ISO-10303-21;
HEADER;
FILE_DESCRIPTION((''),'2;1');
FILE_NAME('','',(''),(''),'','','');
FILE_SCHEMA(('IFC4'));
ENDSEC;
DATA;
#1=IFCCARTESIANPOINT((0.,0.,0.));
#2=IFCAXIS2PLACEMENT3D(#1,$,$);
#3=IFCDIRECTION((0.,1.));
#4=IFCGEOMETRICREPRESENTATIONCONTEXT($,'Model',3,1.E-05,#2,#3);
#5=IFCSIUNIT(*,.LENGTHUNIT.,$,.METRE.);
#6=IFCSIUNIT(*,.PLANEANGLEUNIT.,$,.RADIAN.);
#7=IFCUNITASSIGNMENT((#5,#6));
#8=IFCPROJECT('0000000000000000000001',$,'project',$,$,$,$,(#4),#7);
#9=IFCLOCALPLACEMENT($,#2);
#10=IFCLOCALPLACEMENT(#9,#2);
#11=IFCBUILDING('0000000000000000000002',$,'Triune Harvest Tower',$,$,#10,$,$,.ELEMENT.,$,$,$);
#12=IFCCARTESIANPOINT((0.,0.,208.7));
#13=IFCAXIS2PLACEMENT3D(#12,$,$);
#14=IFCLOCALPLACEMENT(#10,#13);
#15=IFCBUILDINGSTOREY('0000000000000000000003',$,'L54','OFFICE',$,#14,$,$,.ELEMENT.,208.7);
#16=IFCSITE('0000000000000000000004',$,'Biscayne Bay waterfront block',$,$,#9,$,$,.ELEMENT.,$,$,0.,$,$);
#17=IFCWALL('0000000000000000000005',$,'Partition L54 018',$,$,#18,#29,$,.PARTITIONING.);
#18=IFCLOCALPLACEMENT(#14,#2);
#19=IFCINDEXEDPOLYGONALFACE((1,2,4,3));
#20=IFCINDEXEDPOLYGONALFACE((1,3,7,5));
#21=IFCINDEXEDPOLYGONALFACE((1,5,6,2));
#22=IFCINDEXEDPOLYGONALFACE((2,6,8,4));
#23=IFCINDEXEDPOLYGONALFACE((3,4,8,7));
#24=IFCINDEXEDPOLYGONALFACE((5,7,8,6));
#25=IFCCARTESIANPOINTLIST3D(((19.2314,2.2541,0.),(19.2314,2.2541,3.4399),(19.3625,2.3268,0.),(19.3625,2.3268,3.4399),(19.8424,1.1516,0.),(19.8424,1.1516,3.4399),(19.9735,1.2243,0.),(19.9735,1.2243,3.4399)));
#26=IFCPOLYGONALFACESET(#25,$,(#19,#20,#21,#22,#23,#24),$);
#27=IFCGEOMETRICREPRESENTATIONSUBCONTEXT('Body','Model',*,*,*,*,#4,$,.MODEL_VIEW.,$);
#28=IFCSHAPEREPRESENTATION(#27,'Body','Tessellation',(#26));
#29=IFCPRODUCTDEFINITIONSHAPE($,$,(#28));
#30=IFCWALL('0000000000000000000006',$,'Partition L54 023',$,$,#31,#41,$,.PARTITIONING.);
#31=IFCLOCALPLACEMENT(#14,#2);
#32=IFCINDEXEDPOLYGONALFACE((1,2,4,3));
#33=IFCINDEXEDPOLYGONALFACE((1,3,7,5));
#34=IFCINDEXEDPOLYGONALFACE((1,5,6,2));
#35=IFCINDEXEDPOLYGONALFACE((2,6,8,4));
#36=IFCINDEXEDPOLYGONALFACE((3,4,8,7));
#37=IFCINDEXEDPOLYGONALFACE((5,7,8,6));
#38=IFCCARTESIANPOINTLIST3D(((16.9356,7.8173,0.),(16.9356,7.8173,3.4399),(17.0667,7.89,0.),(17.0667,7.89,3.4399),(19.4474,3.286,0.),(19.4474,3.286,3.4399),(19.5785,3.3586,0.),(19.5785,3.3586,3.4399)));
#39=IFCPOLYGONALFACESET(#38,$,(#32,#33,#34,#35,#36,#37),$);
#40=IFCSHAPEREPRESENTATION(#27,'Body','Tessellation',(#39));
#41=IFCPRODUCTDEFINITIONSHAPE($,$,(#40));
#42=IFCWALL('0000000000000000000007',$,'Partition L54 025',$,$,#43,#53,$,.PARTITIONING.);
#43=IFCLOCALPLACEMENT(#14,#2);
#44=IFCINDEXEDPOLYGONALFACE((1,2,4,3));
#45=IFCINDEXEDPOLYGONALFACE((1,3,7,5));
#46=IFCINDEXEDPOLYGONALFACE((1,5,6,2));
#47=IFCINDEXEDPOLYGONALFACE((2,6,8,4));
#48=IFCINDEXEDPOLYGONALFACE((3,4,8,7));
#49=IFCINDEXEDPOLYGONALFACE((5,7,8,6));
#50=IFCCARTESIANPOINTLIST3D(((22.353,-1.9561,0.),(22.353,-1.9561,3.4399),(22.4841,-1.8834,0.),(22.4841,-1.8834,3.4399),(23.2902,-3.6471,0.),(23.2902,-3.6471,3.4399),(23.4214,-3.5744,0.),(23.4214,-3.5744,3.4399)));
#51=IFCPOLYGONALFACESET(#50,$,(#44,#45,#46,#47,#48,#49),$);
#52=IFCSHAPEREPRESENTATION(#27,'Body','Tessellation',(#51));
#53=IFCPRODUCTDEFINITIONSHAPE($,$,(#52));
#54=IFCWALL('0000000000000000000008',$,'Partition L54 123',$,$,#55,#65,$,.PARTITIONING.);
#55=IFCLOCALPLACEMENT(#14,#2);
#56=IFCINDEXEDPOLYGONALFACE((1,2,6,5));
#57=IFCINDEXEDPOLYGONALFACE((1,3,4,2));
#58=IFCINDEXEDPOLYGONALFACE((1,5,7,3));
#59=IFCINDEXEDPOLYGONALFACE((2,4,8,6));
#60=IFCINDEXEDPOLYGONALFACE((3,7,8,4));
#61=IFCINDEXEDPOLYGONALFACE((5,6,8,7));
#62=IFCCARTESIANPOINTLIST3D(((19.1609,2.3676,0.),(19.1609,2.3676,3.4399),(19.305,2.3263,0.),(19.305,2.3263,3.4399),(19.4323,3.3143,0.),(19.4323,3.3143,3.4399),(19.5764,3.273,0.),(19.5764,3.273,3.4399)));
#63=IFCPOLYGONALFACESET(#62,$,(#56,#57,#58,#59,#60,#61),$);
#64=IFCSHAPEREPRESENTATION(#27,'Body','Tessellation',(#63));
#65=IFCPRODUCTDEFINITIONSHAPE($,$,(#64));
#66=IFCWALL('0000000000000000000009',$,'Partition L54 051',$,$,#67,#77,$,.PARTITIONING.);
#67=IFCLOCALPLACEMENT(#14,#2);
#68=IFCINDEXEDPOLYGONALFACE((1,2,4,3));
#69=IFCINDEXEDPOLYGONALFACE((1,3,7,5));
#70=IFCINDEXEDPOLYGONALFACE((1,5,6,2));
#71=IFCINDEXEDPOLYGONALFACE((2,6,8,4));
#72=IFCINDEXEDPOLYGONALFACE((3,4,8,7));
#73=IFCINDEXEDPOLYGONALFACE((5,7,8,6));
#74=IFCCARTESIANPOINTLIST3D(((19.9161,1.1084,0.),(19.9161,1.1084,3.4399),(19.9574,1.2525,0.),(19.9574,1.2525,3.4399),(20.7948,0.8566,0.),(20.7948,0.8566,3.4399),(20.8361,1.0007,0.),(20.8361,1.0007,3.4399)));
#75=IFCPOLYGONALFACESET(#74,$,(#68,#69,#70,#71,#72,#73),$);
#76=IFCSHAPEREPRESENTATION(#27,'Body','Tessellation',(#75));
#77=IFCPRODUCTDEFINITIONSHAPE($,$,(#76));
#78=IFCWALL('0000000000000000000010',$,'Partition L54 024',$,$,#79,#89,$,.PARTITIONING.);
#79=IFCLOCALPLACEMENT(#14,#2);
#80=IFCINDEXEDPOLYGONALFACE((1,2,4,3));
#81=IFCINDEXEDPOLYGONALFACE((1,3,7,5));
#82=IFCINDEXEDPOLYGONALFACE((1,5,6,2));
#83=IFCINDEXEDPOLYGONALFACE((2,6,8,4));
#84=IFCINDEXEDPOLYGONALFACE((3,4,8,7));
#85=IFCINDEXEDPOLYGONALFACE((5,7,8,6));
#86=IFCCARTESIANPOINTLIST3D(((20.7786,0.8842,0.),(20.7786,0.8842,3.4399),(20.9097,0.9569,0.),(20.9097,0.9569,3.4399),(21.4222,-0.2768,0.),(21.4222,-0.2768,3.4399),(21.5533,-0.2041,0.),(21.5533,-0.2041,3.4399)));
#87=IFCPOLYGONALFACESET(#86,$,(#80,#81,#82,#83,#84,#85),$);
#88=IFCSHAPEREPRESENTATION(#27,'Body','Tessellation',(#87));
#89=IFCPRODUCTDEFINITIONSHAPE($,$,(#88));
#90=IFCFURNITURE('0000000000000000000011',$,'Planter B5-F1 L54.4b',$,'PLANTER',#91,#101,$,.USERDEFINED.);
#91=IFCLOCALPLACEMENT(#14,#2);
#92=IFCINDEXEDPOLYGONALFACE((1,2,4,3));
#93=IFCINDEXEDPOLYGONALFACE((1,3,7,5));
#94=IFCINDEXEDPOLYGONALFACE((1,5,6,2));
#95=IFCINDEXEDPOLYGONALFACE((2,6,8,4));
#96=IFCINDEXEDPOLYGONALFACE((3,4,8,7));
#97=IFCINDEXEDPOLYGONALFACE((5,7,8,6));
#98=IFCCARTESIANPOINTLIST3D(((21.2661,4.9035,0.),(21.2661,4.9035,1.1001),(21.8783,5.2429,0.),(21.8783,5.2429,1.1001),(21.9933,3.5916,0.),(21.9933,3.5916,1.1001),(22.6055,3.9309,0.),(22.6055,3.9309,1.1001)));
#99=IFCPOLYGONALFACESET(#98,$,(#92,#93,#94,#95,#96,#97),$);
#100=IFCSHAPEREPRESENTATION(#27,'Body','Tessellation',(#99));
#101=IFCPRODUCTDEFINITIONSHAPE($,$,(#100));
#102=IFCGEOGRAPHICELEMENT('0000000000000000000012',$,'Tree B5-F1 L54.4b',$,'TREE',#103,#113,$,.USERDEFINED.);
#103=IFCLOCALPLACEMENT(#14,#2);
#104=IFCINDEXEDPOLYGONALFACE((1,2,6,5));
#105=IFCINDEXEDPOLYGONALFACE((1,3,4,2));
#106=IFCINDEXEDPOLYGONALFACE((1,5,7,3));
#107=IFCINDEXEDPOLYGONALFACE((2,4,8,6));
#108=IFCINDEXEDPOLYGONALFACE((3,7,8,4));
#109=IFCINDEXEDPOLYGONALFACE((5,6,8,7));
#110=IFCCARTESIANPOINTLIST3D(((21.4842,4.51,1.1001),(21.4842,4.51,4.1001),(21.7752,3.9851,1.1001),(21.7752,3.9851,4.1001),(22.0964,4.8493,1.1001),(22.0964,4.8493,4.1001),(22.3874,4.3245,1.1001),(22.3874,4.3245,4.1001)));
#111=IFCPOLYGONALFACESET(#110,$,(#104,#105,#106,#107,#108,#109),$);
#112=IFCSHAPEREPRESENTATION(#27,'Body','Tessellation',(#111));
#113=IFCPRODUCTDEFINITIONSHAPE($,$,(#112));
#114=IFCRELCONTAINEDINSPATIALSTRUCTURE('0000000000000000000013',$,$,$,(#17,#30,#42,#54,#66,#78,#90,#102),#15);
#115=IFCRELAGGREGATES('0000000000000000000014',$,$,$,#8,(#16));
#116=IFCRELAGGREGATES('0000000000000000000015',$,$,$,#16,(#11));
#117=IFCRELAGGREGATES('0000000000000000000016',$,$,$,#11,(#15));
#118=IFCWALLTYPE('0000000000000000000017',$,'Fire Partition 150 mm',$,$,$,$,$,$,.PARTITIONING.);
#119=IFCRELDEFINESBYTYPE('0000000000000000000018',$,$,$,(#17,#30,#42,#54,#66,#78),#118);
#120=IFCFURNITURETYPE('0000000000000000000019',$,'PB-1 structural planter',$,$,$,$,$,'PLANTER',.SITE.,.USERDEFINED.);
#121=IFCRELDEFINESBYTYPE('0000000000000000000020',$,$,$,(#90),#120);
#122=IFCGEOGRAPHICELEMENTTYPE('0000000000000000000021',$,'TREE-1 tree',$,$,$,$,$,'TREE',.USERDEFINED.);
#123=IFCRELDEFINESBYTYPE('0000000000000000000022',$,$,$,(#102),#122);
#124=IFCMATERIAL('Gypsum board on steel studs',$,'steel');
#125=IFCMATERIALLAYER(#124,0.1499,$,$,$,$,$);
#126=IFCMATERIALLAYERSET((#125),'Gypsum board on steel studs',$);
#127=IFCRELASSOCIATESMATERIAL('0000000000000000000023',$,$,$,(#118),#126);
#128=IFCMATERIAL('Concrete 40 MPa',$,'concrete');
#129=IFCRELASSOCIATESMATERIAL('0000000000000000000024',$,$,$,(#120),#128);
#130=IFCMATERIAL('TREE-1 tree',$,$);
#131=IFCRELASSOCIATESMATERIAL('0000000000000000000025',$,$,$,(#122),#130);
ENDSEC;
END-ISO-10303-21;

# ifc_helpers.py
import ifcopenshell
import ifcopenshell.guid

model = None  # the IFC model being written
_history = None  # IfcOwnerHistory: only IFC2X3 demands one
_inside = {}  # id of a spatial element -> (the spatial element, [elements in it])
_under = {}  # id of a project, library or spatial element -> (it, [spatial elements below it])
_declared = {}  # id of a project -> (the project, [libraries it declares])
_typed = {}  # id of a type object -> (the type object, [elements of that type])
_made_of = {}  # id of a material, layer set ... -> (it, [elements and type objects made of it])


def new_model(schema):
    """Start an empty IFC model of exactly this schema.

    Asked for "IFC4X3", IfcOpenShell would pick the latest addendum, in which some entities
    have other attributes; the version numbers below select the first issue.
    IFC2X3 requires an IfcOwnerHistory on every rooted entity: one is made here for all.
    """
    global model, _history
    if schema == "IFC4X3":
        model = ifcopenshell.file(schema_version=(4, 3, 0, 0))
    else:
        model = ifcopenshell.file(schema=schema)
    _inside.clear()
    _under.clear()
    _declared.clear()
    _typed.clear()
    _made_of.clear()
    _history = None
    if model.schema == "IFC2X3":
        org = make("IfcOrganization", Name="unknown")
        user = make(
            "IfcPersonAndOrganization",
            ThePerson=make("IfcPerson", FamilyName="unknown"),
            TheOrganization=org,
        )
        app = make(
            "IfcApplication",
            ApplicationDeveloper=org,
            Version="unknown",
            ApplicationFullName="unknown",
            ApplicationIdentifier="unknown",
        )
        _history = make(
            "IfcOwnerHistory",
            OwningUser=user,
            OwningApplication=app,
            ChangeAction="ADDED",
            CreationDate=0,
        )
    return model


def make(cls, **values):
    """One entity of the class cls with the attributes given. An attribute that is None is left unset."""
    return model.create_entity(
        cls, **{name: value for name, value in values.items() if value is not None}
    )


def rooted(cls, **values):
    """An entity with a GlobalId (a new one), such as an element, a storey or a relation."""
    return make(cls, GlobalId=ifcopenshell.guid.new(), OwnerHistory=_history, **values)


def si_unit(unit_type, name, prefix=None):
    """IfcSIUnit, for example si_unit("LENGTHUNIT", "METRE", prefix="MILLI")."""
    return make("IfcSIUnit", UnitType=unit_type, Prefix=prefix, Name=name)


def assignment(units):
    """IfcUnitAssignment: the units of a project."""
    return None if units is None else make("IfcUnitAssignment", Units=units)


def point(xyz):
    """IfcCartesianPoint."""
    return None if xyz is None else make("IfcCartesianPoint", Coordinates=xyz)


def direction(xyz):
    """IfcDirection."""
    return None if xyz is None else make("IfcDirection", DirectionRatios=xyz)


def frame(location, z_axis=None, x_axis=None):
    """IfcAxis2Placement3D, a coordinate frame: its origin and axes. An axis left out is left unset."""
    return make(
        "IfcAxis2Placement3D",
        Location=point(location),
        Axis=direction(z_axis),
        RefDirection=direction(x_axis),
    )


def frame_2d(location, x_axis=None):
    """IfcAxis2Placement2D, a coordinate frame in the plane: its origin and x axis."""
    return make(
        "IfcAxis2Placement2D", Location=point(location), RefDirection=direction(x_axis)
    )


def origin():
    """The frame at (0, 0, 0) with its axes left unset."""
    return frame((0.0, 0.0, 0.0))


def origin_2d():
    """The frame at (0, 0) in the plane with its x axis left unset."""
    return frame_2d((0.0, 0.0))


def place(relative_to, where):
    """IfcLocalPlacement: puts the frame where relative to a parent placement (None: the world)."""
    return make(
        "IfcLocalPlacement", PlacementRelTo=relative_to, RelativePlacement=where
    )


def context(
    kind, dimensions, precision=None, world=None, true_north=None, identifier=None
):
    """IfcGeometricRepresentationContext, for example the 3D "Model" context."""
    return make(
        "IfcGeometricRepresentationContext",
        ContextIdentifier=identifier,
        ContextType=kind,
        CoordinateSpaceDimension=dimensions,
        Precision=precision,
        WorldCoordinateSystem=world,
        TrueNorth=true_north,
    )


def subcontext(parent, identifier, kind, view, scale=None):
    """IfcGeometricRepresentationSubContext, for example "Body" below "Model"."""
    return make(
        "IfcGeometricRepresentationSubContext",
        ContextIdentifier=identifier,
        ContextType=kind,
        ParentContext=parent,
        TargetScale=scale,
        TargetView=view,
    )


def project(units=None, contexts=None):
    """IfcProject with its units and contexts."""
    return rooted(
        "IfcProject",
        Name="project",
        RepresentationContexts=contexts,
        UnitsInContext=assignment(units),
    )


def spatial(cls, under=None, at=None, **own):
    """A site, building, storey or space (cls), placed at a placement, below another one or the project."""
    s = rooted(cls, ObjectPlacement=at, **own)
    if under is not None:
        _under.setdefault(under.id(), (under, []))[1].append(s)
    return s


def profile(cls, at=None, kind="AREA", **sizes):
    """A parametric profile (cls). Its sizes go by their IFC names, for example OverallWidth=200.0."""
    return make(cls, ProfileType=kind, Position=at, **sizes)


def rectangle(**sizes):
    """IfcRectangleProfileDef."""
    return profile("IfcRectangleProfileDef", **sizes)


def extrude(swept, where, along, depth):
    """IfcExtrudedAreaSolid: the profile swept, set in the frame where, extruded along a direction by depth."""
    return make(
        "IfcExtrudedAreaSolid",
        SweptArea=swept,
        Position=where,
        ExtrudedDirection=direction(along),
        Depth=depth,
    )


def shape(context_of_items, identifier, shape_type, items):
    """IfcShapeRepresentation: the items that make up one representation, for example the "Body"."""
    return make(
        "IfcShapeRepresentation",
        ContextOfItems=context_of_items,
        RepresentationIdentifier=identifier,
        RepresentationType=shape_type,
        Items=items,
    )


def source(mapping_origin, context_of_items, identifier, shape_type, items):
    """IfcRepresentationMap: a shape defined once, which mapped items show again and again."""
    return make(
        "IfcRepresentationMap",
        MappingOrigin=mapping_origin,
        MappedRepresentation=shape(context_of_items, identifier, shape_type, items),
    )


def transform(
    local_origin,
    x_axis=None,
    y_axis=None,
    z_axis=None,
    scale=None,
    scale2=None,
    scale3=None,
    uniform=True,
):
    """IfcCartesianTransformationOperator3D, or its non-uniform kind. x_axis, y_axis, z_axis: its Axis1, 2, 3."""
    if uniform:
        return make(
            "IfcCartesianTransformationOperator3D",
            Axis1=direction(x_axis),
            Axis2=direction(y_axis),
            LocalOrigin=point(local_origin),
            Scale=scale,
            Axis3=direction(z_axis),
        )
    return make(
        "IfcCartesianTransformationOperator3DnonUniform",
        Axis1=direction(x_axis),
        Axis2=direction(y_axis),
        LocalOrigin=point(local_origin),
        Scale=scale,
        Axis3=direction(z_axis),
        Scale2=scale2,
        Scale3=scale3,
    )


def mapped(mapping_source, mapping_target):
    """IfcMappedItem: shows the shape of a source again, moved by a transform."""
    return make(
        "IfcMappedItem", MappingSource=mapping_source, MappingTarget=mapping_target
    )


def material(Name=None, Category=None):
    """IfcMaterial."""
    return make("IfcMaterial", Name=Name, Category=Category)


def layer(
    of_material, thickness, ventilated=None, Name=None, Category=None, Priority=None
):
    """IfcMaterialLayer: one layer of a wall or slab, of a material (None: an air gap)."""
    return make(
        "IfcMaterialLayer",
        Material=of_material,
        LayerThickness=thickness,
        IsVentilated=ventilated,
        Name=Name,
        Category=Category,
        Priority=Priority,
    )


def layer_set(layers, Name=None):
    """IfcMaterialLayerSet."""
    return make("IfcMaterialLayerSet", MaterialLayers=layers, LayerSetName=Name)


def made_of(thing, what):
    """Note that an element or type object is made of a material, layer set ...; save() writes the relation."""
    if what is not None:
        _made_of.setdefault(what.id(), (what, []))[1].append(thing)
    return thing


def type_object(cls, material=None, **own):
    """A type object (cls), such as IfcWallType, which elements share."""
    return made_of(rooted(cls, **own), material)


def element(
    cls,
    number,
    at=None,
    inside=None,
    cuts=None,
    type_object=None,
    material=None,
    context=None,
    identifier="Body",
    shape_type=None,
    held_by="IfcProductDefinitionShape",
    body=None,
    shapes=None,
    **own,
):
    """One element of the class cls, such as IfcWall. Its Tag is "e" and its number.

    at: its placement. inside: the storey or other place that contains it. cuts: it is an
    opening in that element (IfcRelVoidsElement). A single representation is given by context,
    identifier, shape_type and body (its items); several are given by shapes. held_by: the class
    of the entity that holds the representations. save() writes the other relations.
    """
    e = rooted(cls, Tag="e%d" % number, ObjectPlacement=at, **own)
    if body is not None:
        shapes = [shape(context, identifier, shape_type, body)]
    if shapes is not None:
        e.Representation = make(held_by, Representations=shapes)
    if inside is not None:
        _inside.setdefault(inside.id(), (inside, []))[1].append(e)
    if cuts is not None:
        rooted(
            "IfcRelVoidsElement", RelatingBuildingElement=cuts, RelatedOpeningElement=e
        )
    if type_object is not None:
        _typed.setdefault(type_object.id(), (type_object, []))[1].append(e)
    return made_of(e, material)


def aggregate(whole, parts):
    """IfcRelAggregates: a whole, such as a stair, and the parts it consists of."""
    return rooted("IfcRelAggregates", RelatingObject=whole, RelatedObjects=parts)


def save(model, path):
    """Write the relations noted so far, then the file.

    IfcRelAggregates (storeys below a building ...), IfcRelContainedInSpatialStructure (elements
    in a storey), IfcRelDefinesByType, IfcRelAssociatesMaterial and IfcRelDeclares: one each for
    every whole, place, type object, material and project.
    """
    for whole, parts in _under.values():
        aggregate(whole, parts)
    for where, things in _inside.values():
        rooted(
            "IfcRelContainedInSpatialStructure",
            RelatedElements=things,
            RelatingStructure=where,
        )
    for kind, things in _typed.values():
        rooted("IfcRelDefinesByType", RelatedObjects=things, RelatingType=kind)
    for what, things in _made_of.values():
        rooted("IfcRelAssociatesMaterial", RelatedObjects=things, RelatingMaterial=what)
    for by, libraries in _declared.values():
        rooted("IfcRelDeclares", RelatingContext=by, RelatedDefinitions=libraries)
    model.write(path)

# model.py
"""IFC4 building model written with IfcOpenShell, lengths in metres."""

from ifc_helpers import new_model, si_unit, direction, frame, frame_2d, origin, origin_2d, place, context, subcontext, project, spatial, rectangle, extrude, source, transform, mapped, material, layer, layer_set, type_object, element, save


model = new_model("IFC4")

# Units and contexts
model_context = context("Model", 3, precision=1e-05, world=origin(), true_north=direction((0.0, 1.0)))
body_context = subcontext(model_context, "Body", "Model", "MODEL_VIEW")
ifc_project = project(units=[si_unit("LENGTHUNIT", "METRE"), si_unit("PLANEANGLEUNIT", "RADIAN")], contexts=[model_context])

# Site, building, storey
site_placement = place(None, origin())
site = spatial("IfcSite", under=ifc_project, at=site_placement, Name="Biscayne Bay waterfront block", CompositionType="ELEMENT", RefElevation=0.0)
building_placement = place(site_placement, origin())
building = spatial("IfcBuilding", under=site, at=building_placement, Name="Triune Harvest Tower", CompositionType="ELEMENT")
storey_placement = place(building_placement, frame((0.0, 0.0, 208.7)))
storey = spatial("IfcBuildingStorey", under=building, at=storey_placement, Name="L54", Description="OFFICE", CompositionType="ELEMENT", Elevation=208.7)

# Walls
ifc_material_1 = material(Name="Gypsum board on steel studs", Category="steel")
ifc_layer_1 = layer(ifc_material_1, 0.1499)
ifc_layer_set_1 = layer_set([ifc_layer_1], Name="Gypsum board on steel studs")
wall_type_1 = type_object("IfcWallType", Name="Fire Partition 150 mm", PredefinedType="PARTITIONING", material=ifc_layer_set_1)
wall_1_placement = place(storey_placement, frame((19.2969, 2.2905, 0.0), z_axis=(0.0, 0.0, 1.0), x_axis=(0.484771, -0.874641, 0.0)))
element("IfcWall", 1, at=wall_1_placement, inside=storey, type_object=wall_type_1, Name="Partition L54 018", PredefinedType="PARTITIONING", context=body_context, shape_type="SweptSolid", body=[
    extrude(rectangle(XDim=1.2605, YDim=0.1499, at=frame_2d((0.6304, 0.0))), origin(), (0.0, 0.0, 1.0), 3.4399),
])
wall_2_placement = place(storey_placement, frame((17.0012, 7.8535, 0.0), z_axis=(0.0, 0.0, 1.0), x_axis=(0.48481, -0.874619, 0.0)))
element("IfcWall", 2, at=wall_2_placement, inside=storey, type_object=wall_type_1, Name="Partition L54 023", PredefinedType="PARTITIONING", context=body_context, shape_type="SweptSolid", body=[
    extrude(rectangle(XDim=5.1809, YDim=0.1499, at=frame_2d((2.5903, 0.0))), origin(), (0.0, 0.0, 1.0), 3.4399),
])
wall_3_placement = place(storey_placement, frame((22.4185, -1.9197, 0.0), z_axis=(0.0, 0.0, 1.0), x_axis=(0.484796, -0.874627, 0.0)))
element("IfcWall", 3, at=wall_3_placement, inside=storey, type_object=wall_type_1, Name="Partition L54 025", PredefinedType="PARTITIONING", context=body_context, shape_type="SweptSolid", body=[
    extrude(rectangle(XDim=1.9333, YDim=0.1499, at=frame_2d((0.9668, 0.0))), origin(), (0.0, 0.0, 1.0), 3.4399),
])
wall_4_placement = place(storey_placement, frame((19.2329, 2.3469, 0.0), z_axis=(0.0, 0.0, 1.0), x_axis=(0.275638, 0.961262, 0.0)))
element("IfcWall", 4, at=wall_4_placement, inside=storey, type_object=wall_type_1, Name="Partition L54 123", PredefinedType="PARTITIONING", context=body_context, shape_type="SweptSolid", body=[
    extrude(rectangle(XDim=0.9849, YDim=0.1499, at=frame_2d((0.4924, 0.0))), origin(), (0.0, 0.0, 1.0), 3.4399),
])

# Walls
shared_shape_1 = source(origin(), body_context, "Body", "SweptSolid", [
    extrude(rectangle(XDim=0.9141, YDim=0.1499, at=frame_2d((0.457, 0.0))), origin(), (0.0, 0.0, 1.0), 3.4399),
])
wall_5_placement = place(storey_placement, frame((19.9368, 1.1804, 0.0), z_axis=(0.0, 0.0, 1.0), x_axis=(0.961332, -0.275391, 0.0)))
element("IfcWall", 5, at=wall_5_placement, inside=storey, type_object=wall_type_1, Name="Partition L54 051", PredefinedType="PARTITIONING", context=body_context, shape_type="MappedRepresentation", body=[
    mapped(shared_shape_1, transform((0.0, 0.0, 0.0), scale=1.0)),
])
shared_shape_2 = source(origin(), body_context, "Body", "SweptSolid", [
    extrude(rectangle(XDim=1.3274, YDim=0.1499, at=frame_2d((0.6636, 0.0))), origin(), (0.0, 0.0, 1.0), 3.4399),
])
wall_6_placement = place(storey_placement, frame((20.8442, 0.9204, 0.0), z_axis=(0.0, 0.0, 1.0), x_axis=(0.484846, -0.874599, 0.0)))
element("IfcWall", 6, at=wall_6_placement, inside=storey, type_object=wall_type_1, Name="Partition L54 024", PredefinedType="PARTITIONING", context=body_context, shape_type="MappedRepresentation", body=[
    mapped(shared_shape_2, transform((0.0, 0.0, 0.0), scale=1.0)),
])

# Furniture
ifc_material_2 = material(Name="Concrete 40 MPa", Category="concrete")
furniture_type = type_object("IfcFurnitureType", Name="PB-1 structural planter", ElementType="PLANTER", AssemblyPlace="SITE", PredefinedType="USERDEFINED", material=ifc_material_2)
shared_shape_3 = source(origin(), body_context, "Body", "SweptSolid", [
    extrude(rectangle(XDim=1.5, YDim=0.7, at=origin_2d()), origin(), (0.0, 0.0, 1.0), 1.1001),
])
furniture_placement = place(storey_placement, frame((21.9358, 4.4172, 0.0), z_axis=(0.0, 0.0, 1.0), x_axis=(-0.484808, 0.87462, 0.0)))
element("IfcFurniture", 7, at=furniture_placement, inside=storey, type_object=furniture_type, Name="Planter B5-F1 L54.4b", ObjectType="PLANTER", PredefinedType="USERDEFINED", context=body_context, shape_type="MappedRepresentation", body=[
    mapped(shared_shape_3, transform((0.0, 0.0, 0.0), scale=1.0)),
])

# Geographic element
ifc_material_3 = material(Name="TREE-1 tree")
geographic_element_type = type_object("IfcGeographicElementType", Name="TREE-1 tree", ElementType="TREE", PredefinedType="USERDEFINED", material=ifc_material_3)
shared_shape_4 = source(origin(), body_context, "Body", "SweptSolid", [
    extrude(rectangle(XDim=0.6001, YDim=0.7, at=origin_2d()), origin(), (0.0, 0.0, 1.0), 3.0),
])
geographic_element_placement = place(storey_placement, frame((21.9358, 4.4172, 1.1001), z_axis=(0.0, 0.0, 1.0), x_axis=(-0.484808, 0.87462, 0.0)))
element("IfcGeographicElement", 8, at=geographic_element_placement, inside=storey, type_object=geographic_element_type, Name="Tree B5-F1 L54.4b", ObjectType="TREE", PredefinedType="USERDEFINED", context=body_context, shape_type="MappedRepresentation", body=[
    mapped(shared_shape_4, transform((0.0, 0.0, 0.0), scale=1.0)),
])

save(model, "model.ifc")
